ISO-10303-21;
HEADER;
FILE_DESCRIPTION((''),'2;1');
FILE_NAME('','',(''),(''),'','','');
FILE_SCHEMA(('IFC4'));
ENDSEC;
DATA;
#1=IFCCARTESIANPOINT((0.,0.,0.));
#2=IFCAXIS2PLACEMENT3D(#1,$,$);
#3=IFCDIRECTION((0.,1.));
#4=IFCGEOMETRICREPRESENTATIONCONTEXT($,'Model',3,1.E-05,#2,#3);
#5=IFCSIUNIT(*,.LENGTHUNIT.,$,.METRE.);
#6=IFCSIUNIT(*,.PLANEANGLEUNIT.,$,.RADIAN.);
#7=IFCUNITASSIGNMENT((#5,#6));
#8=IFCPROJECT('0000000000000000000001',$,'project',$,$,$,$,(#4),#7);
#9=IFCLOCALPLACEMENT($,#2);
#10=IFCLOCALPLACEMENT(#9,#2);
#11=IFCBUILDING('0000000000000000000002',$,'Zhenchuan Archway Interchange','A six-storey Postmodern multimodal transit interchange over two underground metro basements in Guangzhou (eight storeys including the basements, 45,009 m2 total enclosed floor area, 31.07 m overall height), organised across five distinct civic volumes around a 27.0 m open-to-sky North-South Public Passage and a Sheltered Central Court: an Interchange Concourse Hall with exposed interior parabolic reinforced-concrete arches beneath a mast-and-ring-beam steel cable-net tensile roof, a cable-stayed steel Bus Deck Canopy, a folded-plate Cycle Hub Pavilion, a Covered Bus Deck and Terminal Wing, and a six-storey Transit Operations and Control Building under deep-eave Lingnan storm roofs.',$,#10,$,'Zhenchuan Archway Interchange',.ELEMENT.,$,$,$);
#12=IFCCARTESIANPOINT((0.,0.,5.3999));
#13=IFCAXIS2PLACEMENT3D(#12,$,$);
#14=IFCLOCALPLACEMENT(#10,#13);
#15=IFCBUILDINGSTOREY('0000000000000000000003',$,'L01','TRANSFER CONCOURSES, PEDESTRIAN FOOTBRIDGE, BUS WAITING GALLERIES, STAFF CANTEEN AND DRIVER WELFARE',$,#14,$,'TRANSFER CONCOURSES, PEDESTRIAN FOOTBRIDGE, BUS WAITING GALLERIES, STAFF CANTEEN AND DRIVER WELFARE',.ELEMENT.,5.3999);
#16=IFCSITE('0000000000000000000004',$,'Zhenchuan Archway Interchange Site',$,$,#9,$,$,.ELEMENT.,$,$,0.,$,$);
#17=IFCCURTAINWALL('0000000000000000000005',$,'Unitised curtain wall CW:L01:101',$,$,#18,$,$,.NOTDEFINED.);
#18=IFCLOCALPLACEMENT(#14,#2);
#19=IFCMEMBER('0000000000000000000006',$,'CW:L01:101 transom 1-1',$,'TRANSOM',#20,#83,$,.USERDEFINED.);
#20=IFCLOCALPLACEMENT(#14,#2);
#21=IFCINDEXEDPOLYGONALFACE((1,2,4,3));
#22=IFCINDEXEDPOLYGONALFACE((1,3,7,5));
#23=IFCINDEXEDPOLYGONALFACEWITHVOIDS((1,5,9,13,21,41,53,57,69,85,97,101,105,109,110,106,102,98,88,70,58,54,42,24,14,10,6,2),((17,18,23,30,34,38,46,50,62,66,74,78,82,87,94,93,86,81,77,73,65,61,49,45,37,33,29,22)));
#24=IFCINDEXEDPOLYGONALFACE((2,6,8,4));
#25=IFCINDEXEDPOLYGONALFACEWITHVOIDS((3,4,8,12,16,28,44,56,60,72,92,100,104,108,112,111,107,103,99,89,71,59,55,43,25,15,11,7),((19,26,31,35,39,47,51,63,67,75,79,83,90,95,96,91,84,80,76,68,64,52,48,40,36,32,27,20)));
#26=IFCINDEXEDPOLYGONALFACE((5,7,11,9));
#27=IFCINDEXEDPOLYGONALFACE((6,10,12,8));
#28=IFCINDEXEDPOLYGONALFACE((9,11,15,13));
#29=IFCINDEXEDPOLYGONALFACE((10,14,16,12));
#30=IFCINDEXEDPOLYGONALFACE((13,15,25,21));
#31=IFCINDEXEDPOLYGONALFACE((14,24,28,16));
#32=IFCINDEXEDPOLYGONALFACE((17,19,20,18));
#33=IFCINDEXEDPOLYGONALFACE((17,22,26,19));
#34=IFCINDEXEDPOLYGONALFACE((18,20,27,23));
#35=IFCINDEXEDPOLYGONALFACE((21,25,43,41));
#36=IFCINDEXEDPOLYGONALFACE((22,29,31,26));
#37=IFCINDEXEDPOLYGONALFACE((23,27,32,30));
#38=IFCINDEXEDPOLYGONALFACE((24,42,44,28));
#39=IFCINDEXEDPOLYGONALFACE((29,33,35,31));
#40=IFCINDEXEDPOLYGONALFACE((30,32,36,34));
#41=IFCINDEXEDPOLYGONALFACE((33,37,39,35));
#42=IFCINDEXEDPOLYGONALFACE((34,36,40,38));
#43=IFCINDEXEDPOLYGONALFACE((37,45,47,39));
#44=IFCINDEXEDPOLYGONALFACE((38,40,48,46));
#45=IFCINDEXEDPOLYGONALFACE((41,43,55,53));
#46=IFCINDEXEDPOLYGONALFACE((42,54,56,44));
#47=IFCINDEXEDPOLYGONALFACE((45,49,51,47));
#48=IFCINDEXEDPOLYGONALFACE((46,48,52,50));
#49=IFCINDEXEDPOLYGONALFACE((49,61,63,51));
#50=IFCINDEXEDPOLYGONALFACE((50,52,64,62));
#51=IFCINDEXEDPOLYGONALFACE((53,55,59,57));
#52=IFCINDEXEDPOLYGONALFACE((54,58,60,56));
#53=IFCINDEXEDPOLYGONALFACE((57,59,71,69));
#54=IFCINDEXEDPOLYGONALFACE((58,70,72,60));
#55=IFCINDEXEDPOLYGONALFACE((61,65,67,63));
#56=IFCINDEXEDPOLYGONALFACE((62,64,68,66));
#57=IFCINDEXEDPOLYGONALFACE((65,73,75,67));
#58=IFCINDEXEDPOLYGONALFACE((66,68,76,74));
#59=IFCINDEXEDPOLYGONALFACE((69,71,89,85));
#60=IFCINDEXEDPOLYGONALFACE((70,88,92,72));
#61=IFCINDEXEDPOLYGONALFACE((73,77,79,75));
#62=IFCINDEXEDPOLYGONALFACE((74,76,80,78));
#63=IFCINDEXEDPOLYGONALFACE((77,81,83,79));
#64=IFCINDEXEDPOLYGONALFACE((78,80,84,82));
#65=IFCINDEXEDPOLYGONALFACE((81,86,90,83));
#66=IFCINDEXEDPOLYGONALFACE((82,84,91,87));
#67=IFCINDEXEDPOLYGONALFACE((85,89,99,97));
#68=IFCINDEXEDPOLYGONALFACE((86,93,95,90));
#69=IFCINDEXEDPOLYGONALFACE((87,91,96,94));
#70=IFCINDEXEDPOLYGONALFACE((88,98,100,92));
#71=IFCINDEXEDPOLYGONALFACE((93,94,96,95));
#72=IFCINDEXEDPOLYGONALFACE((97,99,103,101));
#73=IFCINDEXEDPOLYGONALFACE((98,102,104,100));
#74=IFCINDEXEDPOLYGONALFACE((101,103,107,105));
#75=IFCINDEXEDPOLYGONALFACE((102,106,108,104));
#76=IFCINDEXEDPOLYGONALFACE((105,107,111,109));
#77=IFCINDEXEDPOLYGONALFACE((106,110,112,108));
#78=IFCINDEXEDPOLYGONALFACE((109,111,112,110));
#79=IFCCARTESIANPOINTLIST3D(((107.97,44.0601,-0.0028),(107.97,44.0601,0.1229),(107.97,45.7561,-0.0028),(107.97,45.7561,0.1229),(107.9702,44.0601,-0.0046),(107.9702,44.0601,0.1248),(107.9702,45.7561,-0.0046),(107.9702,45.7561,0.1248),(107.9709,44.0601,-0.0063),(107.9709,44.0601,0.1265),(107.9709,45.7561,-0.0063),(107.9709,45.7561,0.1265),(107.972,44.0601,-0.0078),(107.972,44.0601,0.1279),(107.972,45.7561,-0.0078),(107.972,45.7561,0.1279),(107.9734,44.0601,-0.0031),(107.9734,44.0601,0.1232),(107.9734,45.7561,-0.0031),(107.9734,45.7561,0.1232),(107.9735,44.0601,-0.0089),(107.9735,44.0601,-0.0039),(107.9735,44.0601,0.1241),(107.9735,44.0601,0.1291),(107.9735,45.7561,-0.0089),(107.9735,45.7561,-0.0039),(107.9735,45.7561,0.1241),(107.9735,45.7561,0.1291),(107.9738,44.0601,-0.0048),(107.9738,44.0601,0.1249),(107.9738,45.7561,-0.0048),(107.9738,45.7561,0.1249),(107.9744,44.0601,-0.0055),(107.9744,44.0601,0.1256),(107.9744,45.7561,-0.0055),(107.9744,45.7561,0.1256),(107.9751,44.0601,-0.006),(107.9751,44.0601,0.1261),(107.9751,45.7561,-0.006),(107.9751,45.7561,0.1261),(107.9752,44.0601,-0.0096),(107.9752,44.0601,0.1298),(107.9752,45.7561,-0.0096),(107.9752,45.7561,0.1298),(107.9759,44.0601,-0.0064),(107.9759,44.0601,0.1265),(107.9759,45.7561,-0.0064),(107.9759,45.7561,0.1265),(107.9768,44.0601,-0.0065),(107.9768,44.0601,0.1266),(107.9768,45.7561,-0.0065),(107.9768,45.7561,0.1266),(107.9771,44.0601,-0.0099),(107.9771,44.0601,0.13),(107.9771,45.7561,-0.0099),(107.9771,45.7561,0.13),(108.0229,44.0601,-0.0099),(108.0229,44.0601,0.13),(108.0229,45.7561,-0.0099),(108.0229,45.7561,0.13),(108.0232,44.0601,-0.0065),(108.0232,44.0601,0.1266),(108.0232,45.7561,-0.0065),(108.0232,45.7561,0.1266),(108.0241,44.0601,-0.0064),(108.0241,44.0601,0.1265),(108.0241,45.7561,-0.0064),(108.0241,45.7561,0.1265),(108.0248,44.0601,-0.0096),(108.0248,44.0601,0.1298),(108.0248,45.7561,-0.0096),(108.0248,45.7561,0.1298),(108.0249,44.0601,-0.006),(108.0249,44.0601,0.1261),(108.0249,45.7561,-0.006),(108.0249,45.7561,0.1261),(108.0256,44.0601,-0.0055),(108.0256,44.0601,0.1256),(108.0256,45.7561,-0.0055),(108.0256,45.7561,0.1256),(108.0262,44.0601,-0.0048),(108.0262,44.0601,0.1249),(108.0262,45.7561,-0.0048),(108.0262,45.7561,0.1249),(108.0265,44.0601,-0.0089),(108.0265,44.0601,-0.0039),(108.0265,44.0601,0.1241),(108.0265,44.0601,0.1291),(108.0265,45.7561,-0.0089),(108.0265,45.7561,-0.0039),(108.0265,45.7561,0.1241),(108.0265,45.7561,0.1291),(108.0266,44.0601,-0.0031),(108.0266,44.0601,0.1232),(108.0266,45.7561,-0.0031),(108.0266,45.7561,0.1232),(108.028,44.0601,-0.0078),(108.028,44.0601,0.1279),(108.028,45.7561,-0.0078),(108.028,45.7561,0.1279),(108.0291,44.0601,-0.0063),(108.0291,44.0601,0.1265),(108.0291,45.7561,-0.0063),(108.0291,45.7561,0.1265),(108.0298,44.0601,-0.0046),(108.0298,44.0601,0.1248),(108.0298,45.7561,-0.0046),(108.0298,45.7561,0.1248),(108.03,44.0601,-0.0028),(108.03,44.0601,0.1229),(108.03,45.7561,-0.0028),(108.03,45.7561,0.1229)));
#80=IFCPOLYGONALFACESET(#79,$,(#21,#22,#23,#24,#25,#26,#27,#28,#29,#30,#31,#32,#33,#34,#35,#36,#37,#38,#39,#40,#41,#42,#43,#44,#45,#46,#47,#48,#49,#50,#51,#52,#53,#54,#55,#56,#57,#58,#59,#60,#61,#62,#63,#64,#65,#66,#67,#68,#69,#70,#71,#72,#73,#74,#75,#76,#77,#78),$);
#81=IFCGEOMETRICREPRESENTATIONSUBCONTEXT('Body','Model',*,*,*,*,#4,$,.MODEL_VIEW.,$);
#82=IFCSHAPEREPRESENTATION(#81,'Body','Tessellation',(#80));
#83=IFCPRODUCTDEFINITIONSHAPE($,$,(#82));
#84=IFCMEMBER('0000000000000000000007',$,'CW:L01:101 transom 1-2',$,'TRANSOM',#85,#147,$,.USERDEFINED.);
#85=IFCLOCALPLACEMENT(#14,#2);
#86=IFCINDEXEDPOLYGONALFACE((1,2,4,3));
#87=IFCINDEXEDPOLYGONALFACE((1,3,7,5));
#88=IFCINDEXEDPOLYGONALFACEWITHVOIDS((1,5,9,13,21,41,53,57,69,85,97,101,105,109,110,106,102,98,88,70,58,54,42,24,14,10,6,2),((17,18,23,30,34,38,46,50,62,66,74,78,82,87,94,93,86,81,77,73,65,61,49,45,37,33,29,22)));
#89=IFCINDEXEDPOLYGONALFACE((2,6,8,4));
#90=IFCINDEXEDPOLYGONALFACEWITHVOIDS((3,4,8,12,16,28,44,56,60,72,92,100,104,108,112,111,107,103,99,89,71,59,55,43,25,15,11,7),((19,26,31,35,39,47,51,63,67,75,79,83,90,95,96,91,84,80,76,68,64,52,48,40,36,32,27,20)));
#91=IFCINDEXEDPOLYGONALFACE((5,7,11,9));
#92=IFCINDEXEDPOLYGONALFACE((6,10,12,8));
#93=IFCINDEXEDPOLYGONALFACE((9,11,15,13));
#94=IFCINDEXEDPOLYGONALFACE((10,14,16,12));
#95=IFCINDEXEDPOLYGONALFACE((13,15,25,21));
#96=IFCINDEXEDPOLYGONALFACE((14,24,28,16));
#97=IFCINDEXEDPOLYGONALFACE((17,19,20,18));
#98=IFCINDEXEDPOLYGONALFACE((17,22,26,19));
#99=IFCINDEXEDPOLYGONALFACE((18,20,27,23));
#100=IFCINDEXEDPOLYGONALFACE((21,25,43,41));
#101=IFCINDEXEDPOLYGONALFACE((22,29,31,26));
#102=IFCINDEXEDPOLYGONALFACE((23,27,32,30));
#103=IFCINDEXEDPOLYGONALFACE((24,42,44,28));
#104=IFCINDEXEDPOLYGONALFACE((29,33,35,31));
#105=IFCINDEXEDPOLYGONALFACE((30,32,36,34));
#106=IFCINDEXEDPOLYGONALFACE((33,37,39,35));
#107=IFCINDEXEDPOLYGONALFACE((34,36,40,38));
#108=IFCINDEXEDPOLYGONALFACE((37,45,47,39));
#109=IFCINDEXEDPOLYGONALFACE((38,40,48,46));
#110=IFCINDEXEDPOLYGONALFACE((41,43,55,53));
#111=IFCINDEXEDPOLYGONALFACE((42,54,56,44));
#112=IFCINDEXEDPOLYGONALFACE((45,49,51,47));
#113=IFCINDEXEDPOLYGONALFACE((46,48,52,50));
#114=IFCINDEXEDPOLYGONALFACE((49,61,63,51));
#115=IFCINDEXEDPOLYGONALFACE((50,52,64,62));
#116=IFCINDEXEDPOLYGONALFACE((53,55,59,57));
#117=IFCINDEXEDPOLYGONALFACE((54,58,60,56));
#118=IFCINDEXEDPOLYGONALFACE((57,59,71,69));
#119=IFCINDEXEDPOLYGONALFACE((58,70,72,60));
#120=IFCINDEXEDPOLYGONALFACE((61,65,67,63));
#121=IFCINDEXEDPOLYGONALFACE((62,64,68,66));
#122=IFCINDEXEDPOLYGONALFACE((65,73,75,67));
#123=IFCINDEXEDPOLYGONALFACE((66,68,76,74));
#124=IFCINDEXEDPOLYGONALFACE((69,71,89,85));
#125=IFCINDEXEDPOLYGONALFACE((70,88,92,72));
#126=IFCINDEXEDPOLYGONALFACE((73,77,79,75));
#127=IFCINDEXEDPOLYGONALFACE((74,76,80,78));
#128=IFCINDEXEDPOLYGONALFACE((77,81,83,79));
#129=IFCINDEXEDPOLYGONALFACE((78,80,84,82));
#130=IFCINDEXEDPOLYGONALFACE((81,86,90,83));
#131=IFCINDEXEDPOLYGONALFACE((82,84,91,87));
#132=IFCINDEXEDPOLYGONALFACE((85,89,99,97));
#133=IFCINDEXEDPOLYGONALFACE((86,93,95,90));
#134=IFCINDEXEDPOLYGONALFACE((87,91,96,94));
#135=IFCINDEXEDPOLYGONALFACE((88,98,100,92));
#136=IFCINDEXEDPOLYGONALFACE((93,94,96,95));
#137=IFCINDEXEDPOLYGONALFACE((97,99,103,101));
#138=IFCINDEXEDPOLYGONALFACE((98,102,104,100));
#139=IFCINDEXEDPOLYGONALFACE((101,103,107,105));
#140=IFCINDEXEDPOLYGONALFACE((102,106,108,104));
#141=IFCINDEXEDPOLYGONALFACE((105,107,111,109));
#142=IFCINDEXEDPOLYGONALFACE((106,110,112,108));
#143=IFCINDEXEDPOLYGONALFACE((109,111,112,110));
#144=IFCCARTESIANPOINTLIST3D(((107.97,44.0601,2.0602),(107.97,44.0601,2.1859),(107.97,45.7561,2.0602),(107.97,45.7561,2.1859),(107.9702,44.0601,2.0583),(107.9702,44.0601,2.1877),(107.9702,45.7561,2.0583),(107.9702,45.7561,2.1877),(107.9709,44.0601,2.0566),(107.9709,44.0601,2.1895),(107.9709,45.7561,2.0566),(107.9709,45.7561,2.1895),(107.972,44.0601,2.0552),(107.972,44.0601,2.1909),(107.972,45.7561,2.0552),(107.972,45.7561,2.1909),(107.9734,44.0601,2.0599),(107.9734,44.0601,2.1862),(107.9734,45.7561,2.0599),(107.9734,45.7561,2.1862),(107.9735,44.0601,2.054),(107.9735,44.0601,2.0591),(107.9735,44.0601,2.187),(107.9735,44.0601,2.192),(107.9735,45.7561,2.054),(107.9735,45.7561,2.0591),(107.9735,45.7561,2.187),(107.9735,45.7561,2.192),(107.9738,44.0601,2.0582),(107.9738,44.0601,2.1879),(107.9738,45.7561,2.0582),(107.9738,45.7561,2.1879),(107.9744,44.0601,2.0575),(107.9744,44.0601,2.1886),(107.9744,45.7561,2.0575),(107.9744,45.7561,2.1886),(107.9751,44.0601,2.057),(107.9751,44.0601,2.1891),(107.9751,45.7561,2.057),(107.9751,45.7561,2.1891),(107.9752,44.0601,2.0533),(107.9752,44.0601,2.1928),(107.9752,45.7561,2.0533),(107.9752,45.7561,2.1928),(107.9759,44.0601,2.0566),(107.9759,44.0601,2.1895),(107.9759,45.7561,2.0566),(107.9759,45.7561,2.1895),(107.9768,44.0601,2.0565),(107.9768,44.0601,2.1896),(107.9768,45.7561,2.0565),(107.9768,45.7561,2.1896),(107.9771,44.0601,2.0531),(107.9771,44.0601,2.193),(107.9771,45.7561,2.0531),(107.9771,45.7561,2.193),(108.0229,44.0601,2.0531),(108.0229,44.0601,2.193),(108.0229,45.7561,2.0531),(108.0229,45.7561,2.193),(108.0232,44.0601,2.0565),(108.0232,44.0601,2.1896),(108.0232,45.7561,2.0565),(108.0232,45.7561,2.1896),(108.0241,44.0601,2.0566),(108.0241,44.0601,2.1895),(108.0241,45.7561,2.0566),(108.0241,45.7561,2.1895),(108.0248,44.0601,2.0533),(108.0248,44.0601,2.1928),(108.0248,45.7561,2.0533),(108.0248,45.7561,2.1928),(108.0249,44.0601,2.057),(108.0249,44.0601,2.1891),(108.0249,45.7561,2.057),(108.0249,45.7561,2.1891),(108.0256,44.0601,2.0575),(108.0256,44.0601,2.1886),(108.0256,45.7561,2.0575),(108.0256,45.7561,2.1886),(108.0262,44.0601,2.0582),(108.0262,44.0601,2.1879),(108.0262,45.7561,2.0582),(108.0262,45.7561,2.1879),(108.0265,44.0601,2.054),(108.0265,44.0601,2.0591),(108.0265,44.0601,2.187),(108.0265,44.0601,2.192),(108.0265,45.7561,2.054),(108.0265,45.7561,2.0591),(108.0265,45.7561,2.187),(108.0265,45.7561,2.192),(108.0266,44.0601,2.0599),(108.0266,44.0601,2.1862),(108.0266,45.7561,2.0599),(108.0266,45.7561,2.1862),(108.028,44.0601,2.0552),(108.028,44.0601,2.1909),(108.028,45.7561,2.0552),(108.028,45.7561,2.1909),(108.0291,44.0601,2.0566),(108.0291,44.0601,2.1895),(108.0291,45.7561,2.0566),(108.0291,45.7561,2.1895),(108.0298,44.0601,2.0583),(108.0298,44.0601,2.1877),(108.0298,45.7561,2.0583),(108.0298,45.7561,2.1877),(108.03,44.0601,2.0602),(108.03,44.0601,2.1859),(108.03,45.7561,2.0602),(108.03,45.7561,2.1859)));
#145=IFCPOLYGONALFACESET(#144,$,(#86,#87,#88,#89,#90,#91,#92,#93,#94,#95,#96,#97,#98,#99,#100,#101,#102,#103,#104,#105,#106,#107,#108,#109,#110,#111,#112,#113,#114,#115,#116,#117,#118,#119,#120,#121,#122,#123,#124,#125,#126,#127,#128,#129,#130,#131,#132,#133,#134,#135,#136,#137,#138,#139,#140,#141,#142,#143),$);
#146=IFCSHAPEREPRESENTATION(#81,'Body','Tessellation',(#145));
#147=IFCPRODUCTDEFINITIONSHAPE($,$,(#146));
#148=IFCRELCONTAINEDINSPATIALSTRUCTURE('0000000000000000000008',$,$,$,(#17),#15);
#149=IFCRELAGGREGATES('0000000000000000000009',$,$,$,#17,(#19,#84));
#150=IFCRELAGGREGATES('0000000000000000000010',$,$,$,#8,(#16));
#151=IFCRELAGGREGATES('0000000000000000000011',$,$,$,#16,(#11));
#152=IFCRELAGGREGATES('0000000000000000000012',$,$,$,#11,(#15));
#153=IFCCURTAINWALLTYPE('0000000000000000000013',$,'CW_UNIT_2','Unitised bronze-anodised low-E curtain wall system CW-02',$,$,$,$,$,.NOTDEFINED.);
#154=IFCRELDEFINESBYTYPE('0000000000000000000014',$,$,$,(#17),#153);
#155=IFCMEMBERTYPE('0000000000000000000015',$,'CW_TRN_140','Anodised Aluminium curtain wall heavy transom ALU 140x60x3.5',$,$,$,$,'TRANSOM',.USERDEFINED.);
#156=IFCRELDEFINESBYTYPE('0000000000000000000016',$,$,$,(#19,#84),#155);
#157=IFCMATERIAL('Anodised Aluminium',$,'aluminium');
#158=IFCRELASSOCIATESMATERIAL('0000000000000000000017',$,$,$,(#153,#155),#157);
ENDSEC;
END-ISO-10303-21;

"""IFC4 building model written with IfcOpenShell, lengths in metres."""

from ifc_helpers import new_model, si_unit, direction, frame, origin, origin_2d, place, context, subcontext, project, spatial, hollow_rectangle, extrude, material, material_profile, profile_set, type_object, element, aggregate, save


model = new_model("IFC4")

# Units and contexts
model_context = context("Model", 3, precision=1e-05, world=origin(), true_north=direction((0.0, 1.0)))
body_context = subcontext(model_context, "Body", "Model", "MODEL_VIEW")
ifc_project = project(units=[si_unit("LENGTHUNIT", "METRE"), si_unit("PLANEANGLEUNIT", "RADIAN")], contexts=[model_context])

# Site, building, storey
site_placement = place(None, origin())
site = spatial("IfcSite", under=ifc_project, at=site_placement, Name="Zhenchuan Archway Interchange Site", CompositionType="ELEMENT", RefElevation=0.0)
building_placement = place(site_placement, origin())
building = spatial("IfcBuilding", under=site, at=building_placement, Name="Zhenchuan Archway Interchange", Description="A six-storey Postmodern multimodal transit interchange over two underground metro basements in Guangzhou (eight storeys including the basements, 45,009 m2 total enclosed floor area, 31.07 m overall height), organised across five distinct civic volumes around a 27.0 m open-to-sky North-South Public Passage and a Sheltered Central Court: an Interchange Concourse Hall with exposed interior parabolic reinforced-concrete arches beneath a mast-and-ring-beam steel cable-net tensile roof, a cable-stayed steel Bus Deck Canopy, a folded-plate Cycle Hub Pavilion, a Covered Bus Deck and Terminal Wing, and a six-storey Transit Operations and Control Building under deep-eave Lingnan storm roofs.", LongName="Zhenchuan Archway Interchange", CompositionType="ELEMENT")
storey_placement = place(building_placement, frame((0.0, 0.0, 5.3999)))
storey = spatial("IfcBuildingStorey", under=building, at=storey_placement, Name="L01", Description="TRANSFER CONCOURSES, PEDESTRIAN FOOTBRIDGE, BUS WAITING GALLERIES, STAFF CANTEEN AND DRIVER WELFARE", LongName="TRANSFER CONCOURSES, PEDESTRIAN FOOTBRIDGE, BUS WAITING GALLERIES, STAFF CANTEEN AND DRIVER WELFARE", CompositionType="ELEMENT", Elevation=5.3999)

# Shared definitions
ifc_material_1 = material(Name="Anodised Aluminium", Category="aluminium")

# Curtain wall
curtain_wall_type_1 = type_object("IfcCurtainWallType", Name="CW_UNIT_2", Description="Unitised bronze-anodised low-E curtain wall system CW-02", PredefinedType="NOTDEFINED", material=ifc_material_1)
curtain_wall_1_placement = place(storey_placement, origin())
curtain_wall_1 = element("IfcCurtainWall", 1, at=curtain_wall_1_placement, inside=storey, type_object=curtain_wall_type_1, Name="Unitised curtain wall CW:L01:101", PredefinedType="NOTDEFINED")

# Members
ifc_material_profile_1 = material_profile(ifc_material_1, hollow_rectangle(XDim=0.0601, YDim=0.1399, WallThickness=0.0034, InnerFilletRadius=0.0034, OuterFilletRadius=0.0071, at=origin_2d()), Name="ALU 140x60x3.5")
ifc_profile_set_1 = profile_set([ifc_material_profile_1], Name="Anodised Aluminium")
member_type_1 = type_object("IfcMemberType", Name="CW_TRN_140", Description="Anodised Aluminium curtain wall heavy transom ALU 140x60x3.5", ElementType="TRANSOM", PredefinedType="USERDEFINED", material=ifc_profile_set_1)
member_1_placement = place(storey_placement, frame((108.0, 45.7561, 0.0601), z_axis=(0.0, -1.0, 0.0), x_axis=(1.0, 0.0, 0.0)))
member_1 = element("IfcMember", 2, at=member_1_placement, type_object=member_type_1, Name="CW:L01:101 transom 1-1", ObjectType="TRANSOM", PredefinedType="USERDEFINED", context=body_context, shape_type="SweptSolid", body=[
    extrude(hollow_rectangle(XDim=0.0601, YDim=0.1399, WallThickness=0.0034, InnerFilletRadius=0.0034, OuterFilletRadius=0.0071, at=origin_2d()), origin(), (0.0, 0.0, 1.0), 1.696),
])
member_2_placement = place(storey_placement, frame((108.0, 45.7561, 2.123), z_axis=(0.0, -1.0, 0.0), x_axis=(1.0, 0.0, 0.0)))
member_2 = element("IfcMember", 3, at=member_2_placement, type_object=member_type_1, Name="CW:L01:101 transom 1-2", ObjectType="TRANSOM", PredefinedType="USERDEFINED", context=body_context, shape_type="SweptSolid", body=[
    extrude(hollow_rectangle(XDim=0.0601, YDim=0.1399, WallThickness=0.0034, InnerFilletRadius=0.0034, OuterFilletRadius=0.0071, at=origin_2d()), origin(), (0.0, 0.0, 1.0), 1.696),
])

aggregate(curtain_wall_1, [member_1, member_2])

save(model, "model.ifc")
